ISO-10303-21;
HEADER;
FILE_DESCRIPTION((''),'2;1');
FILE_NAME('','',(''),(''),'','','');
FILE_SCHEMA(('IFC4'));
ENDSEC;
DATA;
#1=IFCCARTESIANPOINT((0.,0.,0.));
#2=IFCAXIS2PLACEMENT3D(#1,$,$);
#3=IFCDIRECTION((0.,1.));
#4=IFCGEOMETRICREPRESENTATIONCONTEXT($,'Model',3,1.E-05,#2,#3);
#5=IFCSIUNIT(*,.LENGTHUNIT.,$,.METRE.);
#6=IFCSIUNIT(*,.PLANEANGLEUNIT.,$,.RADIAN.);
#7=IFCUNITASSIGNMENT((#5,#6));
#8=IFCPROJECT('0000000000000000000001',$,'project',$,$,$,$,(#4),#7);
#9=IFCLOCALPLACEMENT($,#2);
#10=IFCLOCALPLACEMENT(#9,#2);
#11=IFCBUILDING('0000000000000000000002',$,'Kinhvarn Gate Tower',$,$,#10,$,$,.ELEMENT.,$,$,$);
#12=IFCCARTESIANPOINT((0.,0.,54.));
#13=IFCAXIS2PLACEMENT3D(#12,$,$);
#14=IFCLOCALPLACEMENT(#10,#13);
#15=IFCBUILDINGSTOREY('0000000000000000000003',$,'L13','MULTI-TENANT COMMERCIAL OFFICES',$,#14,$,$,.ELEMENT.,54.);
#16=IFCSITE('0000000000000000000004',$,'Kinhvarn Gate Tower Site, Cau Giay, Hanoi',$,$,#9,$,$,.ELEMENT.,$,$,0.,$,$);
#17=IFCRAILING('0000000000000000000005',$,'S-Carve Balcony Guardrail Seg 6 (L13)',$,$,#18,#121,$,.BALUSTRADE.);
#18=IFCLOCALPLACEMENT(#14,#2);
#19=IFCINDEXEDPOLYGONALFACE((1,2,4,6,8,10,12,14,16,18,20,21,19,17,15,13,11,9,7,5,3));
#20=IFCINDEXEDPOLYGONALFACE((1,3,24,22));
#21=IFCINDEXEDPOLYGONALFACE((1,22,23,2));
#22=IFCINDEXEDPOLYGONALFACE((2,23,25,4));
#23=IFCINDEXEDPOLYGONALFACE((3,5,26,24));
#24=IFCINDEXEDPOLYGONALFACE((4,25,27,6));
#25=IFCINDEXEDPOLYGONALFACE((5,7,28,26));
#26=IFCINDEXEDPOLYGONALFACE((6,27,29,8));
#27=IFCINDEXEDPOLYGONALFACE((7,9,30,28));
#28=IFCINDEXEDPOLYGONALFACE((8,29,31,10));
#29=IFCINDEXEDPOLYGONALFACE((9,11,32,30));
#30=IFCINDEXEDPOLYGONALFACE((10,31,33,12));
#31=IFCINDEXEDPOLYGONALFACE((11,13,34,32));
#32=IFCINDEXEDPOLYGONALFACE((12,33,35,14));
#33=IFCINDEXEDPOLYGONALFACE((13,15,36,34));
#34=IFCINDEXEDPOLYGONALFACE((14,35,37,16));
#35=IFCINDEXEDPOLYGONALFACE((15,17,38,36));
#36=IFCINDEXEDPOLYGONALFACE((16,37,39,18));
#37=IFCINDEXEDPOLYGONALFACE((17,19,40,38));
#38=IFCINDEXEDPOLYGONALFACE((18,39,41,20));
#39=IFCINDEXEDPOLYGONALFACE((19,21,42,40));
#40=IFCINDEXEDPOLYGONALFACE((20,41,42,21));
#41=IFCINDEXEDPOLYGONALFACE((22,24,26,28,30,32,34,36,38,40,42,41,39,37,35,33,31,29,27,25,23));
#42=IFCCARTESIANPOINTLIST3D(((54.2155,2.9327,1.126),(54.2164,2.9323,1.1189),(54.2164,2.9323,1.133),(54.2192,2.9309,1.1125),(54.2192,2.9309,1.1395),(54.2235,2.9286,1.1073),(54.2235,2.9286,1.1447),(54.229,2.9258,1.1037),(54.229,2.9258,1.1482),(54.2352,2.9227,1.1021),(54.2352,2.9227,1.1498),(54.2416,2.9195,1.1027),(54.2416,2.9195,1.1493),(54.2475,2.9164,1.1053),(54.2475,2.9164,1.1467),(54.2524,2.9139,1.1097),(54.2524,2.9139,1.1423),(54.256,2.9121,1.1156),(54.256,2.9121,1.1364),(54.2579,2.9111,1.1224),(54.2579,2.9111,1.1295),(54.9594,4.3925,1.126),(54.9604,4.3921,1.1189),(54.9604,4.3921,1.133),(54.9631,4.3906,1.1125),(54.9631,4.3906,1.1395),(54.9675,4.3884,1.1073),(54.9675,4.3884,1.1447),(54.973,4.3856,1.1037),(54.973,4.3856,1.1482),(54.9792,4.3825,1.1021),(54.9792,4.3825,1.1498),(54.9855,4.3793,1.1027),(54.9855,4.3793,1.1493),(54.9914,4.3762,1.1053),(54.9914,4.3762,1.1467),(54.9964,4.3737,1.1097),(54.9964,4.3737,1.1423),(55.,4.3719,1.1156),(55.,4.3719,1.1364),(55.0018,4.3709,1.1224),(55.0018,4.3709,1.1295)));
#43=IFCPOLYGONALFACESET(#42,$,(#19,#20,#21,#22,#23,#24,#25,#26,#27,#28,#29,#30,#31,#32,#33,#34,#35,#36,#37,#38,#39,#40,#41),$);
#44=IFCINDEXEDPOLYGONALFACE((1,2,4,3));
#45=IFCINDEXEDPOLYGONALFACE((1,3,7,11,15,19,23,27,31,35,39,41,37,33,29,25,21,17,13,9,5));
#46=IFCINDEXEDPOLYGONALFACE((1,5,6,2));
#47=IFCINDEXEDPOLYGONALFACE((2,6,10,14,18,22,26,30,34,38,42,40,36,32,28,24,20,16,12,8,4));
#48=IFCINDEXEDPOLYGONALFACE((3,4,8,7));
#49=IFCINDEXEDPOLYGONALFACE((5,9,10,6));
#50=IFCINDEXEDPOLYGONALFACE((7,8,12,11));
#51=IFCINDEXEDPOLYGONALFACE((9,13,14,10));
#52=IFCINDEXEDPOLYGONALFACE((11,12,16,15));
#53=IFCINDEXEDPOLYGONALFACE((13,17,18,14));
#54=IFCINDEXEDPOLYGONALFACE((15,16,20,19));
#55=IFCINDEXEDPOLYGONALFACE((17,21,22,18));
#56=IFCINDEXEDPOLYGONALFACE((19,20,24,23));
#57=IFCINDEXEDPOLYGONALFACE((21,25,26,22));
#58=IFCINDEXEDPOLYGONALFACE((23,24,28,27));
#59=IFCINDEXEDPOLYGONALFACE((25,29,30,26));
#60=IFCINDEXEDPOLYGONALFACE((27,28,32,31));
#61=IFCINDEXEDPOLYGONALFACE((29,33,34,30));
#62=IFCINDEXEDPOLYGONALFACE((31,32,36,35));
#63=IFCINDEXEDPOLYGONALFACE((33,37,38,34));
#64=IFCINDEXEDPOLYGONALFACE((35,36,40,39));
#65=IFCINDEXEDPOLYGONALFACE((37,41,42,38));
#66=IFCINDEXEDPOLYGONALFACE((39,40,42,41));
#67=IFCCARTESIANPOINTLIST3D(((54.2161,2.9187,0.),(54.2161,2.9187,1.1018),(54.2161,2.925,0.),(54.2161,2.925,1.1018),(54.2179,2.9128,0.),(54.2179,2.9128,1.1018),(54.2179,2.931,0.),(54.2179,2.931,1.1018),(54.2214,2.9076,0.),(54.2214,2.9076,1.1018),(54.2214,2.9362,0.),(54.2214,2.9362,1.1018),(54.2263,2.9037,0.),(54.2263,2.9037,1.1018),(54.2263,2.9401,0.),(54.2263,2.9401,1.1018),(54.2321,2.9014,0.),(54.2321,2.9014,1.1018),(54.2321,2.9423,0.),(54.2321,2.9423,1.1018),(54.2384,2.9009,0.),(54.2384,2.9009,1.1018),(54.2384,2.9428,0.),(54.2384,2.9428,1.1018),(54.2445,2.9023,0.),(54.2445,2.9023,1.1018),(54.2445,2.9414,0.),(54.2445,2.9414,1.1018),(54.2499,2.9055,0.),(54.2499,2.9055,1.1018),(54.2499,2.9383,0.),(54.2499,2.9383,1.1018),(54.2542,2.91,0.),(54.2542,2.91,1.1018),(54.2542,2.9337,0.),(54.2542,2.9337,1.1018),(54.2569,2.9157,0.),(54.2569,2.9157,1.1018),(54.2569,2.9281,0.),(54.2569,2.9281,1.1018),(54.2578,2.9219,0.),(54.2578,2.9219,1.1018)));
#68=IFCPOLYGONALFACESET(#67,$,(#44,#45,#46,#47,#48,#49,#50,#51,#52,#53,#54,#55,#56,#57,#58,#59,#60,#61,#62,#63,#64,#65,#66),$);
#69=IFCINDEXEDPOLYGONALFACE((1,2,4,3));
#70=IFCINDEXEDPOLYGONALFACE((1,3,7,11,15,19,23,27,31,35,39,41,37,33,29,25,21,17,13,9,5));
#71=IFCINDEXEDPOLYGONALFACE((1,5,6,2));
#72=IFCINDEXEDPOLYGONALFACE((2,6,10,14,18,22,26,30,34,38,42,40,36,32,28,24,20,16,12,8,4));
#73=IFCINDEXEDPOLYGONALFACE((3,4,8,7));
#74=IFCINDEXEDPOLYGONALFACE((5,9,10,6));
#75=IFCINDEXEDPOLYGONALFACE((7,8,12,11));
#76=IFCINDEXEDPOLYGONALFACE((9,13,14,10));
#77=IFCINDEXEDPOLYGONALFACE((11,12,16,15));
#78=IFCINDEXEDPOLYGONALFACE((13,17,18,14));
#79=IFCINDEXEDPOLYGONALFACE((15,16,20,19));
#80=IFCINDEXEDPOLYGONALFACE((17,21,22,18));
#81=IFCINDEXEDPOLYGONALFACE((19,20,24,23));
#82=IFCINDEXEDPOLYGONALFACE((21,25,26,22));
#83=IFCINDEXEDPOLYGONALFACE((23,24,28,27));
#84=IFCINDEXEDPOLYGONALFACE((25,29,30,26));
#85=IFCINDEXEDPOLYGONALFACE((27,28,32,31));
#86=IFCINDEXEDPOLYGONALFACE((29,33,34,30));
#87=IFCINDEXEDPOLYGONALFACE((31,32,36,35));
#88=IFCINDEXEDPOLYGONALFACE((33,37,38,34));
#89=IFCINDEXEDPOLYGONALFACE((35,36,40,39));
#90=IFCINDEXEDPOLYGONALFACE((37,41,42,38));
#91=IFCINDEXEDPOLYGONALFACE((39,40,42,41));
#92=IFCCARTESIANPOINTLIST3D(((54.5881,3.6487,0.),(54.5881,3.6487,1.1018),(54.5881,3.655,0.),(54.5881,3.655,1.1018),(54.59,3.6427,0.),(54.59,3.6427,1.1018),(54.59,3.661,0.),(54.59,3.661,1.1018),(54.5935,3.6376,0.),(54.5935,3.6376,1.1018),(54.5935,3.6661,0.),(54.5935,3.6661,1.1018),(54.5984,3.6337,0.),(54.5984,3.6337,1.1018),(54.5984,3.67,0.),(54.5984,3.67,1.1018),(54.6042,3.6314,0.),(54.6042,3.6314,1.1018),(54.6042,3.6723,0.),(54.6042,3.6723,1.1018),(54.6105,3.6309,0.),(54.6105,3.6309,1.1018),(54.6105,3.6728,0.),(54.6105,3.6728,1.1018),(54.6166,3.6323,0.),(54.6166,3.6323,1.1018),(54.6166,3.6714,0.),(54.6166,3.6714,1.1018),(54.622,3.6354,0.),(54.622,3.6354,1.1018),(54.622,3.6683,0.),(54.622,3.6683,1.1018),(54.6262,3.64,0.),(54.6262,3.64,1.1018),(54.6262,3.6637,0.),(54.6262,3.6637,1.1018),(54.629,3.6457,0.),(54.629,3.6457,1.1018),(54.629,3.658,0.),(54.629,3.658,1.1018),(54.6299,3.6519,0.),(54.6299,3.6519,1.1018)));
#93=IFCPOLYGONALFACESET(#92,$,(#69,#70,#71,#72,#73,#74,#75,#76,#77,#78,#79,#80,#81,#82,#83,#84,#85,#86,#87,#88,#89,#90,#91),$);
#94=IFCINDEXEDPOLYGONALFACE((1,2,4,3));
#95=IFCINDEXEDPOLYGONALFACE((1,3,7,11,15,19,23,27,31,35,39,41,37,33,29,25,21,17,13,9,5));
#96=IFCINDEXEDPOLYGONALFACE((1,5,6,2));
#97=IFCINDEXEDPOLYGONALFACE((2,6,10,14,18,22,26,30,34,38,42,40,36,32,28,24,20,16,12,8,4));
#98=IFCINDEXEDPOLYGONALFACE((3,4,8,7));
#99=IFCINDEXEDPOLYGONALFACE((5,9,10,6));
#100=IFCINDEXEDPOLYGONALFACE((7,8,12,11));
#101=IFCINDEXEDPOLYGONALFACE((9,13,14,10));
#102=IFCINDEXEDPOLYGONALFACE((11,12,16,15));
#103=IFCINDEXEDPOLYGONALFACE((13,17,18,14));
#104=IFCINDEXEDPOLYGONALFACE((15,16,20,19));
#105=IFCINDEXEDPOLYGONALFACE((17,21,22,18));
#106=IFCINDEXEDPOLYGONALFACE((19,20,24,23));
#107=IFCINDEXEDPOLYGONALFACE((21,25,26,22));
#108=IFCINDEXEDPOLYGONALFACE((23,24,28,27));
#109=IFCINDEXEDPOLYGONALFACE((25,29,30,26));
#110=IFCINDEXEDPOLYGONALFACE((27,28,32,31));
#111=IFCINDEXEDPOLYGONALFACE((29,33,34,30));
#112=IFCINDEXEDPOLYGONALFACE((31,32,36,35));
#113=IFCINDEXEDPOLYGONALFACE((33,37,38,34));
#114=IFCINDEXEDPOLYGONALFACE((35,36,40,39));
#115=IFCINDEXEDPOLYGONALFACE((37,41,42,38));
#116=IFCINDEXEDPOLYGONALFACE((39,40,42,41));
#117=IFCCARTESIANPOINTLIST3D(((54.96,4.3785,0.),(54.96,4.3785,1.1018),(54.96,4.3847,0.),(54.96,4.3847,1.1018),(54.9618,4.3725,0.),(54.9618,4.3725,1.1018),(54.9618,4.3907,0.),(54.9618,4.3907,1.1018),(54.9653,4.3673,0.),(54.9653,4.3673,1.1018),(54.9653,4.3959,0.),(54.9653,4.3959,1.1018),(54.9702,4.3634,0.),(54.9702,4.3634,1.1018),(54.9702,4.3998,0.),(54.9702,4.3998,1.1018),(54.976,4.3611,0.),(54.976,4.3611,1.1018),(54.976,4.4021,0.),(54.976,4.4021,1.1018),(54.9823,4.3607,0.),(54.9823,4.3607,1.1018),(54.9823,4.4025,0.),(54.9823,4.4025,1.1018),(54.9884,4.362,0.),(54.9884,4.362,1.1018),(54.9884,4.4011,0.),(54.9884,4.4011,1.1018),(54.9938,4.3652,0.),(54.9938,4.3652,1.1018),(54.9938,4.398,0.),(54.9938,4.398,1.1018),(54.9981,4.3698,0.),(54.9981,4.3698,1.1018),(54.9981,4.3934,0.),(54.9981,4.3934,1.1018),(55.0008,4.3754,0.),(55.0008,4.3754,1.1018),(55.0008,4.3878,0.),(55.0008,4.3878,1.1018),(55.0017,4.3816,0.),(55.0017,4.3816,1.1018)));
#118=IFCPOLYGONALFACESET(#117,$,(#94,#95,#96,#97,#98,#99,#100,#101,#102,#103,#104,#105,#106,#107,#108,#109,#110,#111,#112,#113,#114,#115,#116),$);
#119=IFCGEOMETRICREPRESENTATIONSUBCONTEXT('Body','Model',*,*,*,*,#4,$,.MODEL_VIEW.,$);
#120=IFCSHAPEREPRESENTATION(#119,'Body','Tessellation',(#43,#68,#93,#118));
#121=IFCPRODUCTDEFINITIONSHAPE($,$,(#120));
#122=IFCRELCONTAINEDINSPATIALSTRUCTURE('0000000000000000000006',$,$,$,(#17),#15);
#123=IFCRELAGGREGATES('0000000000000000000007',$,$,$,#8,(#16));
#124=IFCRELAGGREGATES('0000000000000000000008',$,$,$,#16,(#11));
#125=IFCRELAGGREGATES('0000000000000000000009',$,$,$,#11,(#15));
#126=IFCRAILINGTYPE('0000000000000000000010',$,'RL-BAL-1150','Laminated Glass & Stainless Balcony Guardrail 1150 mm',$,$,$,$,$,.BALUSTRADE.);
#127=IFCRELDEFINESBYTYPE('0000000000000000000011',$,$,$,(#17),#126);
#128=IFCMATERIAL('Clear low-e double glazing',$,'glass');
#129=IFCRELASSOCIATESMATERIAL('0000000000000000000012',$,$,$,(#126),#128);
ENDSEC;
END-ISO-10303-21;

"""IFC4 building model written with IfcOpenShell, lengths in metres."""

from ifc_helpers import new_model, si_unit, direction, frame, origin, origin_2d, place, context, subcontext, project, spatial, circle, extrude, material, type_object, element, save


model = new_model("IFC4")

# Units and contexts
model_context = context("Model", 3, precision=1e-05, world=origin(), true_north=direction((0.0, 1.0)))
body_context = subcontext(model_context, "Body", "Model", "MODEL_VIEW")
ifc_project = project(units=[si_unit("LENGTHUNIT", "METRE"), si_unit("PLANEANGLEUNIT", "RADIAN")], contexts=[model_context])

# Site, building, storey
site_placement = place(None, origin())
site = spatial("IfcSite", under=ifc_project, at=site_placement, Name="Kinhvarn Gate Tower Site, Cau Giay, Hanoi", CompositionType="ELEMENT", RefElevation=0.0)
building_placement = place(site_placement, origin())
building = spatial("IfcBuilding", under=site, at=building_placement, Name="Kinhvarn Gate Tower", CompositionType="ELEMENT")
storey_placement = place(building_placement, frame((0.0, 0.0, 54.0)))
storey = spatial("IfcBuildingStorey", under=building, at=storey_placement, Name="L13", Description="MULTI-TENANT COMMERCIAL OFFICES", CompositionType="ELEMENT", Elevation=54.0)

# Shared definitions
ifc_material_1 = material(Name="Clear low-e double glazing", Category="glass")

# Railing
railing_type = type_object("IfcRailingType", Name="RL-BAL-1150", Description="Laminated Glass & Stainless Balcony Guardrail 1150 mm", PredefinedType="BALUSTRADE", material=ifc_material_1)
railing_1_placement = place(storey_placement, frame((54.2368, 2.9219, 0.0)))
element("IfcRailing", 1, at=railing_1_placement, inside=storey, type_object=railing_type, Name="S-Carve Balcony Guardrail Seg 6 (L13)", PredefinedType="BALUSTRADE", context=body_context, shape_type="SweptSolid", body=[
    extrude(circle(Radius=0.0239, at=origin_2d()), frame((0.0, 0.0, 1.126), z_axis=(0.454055, 0.890974, 0.0), x_axis=(-0.890974, 0.454055, 0.0)), (0.0, 0.0, 1.0), 1.6384),
    extrude(circle(Radius=0.021, at=origin_2d()), origin(), (0.0, 0.0, 1.0), 1.1018),
    extrude(circle(Radius=0.021, at=origin_2d()), frame((0.3721, 0.73, 0.0)), (0.0, 0.0, 1.0), 1.1018),
    extrude(circle(Radius=0.021, at=origin_2d()), frame((0.7439, 1.4597, 0.0)), (0.0, 0.0, 1.0), 1.1018),
])

save(model, "model.ifc")
